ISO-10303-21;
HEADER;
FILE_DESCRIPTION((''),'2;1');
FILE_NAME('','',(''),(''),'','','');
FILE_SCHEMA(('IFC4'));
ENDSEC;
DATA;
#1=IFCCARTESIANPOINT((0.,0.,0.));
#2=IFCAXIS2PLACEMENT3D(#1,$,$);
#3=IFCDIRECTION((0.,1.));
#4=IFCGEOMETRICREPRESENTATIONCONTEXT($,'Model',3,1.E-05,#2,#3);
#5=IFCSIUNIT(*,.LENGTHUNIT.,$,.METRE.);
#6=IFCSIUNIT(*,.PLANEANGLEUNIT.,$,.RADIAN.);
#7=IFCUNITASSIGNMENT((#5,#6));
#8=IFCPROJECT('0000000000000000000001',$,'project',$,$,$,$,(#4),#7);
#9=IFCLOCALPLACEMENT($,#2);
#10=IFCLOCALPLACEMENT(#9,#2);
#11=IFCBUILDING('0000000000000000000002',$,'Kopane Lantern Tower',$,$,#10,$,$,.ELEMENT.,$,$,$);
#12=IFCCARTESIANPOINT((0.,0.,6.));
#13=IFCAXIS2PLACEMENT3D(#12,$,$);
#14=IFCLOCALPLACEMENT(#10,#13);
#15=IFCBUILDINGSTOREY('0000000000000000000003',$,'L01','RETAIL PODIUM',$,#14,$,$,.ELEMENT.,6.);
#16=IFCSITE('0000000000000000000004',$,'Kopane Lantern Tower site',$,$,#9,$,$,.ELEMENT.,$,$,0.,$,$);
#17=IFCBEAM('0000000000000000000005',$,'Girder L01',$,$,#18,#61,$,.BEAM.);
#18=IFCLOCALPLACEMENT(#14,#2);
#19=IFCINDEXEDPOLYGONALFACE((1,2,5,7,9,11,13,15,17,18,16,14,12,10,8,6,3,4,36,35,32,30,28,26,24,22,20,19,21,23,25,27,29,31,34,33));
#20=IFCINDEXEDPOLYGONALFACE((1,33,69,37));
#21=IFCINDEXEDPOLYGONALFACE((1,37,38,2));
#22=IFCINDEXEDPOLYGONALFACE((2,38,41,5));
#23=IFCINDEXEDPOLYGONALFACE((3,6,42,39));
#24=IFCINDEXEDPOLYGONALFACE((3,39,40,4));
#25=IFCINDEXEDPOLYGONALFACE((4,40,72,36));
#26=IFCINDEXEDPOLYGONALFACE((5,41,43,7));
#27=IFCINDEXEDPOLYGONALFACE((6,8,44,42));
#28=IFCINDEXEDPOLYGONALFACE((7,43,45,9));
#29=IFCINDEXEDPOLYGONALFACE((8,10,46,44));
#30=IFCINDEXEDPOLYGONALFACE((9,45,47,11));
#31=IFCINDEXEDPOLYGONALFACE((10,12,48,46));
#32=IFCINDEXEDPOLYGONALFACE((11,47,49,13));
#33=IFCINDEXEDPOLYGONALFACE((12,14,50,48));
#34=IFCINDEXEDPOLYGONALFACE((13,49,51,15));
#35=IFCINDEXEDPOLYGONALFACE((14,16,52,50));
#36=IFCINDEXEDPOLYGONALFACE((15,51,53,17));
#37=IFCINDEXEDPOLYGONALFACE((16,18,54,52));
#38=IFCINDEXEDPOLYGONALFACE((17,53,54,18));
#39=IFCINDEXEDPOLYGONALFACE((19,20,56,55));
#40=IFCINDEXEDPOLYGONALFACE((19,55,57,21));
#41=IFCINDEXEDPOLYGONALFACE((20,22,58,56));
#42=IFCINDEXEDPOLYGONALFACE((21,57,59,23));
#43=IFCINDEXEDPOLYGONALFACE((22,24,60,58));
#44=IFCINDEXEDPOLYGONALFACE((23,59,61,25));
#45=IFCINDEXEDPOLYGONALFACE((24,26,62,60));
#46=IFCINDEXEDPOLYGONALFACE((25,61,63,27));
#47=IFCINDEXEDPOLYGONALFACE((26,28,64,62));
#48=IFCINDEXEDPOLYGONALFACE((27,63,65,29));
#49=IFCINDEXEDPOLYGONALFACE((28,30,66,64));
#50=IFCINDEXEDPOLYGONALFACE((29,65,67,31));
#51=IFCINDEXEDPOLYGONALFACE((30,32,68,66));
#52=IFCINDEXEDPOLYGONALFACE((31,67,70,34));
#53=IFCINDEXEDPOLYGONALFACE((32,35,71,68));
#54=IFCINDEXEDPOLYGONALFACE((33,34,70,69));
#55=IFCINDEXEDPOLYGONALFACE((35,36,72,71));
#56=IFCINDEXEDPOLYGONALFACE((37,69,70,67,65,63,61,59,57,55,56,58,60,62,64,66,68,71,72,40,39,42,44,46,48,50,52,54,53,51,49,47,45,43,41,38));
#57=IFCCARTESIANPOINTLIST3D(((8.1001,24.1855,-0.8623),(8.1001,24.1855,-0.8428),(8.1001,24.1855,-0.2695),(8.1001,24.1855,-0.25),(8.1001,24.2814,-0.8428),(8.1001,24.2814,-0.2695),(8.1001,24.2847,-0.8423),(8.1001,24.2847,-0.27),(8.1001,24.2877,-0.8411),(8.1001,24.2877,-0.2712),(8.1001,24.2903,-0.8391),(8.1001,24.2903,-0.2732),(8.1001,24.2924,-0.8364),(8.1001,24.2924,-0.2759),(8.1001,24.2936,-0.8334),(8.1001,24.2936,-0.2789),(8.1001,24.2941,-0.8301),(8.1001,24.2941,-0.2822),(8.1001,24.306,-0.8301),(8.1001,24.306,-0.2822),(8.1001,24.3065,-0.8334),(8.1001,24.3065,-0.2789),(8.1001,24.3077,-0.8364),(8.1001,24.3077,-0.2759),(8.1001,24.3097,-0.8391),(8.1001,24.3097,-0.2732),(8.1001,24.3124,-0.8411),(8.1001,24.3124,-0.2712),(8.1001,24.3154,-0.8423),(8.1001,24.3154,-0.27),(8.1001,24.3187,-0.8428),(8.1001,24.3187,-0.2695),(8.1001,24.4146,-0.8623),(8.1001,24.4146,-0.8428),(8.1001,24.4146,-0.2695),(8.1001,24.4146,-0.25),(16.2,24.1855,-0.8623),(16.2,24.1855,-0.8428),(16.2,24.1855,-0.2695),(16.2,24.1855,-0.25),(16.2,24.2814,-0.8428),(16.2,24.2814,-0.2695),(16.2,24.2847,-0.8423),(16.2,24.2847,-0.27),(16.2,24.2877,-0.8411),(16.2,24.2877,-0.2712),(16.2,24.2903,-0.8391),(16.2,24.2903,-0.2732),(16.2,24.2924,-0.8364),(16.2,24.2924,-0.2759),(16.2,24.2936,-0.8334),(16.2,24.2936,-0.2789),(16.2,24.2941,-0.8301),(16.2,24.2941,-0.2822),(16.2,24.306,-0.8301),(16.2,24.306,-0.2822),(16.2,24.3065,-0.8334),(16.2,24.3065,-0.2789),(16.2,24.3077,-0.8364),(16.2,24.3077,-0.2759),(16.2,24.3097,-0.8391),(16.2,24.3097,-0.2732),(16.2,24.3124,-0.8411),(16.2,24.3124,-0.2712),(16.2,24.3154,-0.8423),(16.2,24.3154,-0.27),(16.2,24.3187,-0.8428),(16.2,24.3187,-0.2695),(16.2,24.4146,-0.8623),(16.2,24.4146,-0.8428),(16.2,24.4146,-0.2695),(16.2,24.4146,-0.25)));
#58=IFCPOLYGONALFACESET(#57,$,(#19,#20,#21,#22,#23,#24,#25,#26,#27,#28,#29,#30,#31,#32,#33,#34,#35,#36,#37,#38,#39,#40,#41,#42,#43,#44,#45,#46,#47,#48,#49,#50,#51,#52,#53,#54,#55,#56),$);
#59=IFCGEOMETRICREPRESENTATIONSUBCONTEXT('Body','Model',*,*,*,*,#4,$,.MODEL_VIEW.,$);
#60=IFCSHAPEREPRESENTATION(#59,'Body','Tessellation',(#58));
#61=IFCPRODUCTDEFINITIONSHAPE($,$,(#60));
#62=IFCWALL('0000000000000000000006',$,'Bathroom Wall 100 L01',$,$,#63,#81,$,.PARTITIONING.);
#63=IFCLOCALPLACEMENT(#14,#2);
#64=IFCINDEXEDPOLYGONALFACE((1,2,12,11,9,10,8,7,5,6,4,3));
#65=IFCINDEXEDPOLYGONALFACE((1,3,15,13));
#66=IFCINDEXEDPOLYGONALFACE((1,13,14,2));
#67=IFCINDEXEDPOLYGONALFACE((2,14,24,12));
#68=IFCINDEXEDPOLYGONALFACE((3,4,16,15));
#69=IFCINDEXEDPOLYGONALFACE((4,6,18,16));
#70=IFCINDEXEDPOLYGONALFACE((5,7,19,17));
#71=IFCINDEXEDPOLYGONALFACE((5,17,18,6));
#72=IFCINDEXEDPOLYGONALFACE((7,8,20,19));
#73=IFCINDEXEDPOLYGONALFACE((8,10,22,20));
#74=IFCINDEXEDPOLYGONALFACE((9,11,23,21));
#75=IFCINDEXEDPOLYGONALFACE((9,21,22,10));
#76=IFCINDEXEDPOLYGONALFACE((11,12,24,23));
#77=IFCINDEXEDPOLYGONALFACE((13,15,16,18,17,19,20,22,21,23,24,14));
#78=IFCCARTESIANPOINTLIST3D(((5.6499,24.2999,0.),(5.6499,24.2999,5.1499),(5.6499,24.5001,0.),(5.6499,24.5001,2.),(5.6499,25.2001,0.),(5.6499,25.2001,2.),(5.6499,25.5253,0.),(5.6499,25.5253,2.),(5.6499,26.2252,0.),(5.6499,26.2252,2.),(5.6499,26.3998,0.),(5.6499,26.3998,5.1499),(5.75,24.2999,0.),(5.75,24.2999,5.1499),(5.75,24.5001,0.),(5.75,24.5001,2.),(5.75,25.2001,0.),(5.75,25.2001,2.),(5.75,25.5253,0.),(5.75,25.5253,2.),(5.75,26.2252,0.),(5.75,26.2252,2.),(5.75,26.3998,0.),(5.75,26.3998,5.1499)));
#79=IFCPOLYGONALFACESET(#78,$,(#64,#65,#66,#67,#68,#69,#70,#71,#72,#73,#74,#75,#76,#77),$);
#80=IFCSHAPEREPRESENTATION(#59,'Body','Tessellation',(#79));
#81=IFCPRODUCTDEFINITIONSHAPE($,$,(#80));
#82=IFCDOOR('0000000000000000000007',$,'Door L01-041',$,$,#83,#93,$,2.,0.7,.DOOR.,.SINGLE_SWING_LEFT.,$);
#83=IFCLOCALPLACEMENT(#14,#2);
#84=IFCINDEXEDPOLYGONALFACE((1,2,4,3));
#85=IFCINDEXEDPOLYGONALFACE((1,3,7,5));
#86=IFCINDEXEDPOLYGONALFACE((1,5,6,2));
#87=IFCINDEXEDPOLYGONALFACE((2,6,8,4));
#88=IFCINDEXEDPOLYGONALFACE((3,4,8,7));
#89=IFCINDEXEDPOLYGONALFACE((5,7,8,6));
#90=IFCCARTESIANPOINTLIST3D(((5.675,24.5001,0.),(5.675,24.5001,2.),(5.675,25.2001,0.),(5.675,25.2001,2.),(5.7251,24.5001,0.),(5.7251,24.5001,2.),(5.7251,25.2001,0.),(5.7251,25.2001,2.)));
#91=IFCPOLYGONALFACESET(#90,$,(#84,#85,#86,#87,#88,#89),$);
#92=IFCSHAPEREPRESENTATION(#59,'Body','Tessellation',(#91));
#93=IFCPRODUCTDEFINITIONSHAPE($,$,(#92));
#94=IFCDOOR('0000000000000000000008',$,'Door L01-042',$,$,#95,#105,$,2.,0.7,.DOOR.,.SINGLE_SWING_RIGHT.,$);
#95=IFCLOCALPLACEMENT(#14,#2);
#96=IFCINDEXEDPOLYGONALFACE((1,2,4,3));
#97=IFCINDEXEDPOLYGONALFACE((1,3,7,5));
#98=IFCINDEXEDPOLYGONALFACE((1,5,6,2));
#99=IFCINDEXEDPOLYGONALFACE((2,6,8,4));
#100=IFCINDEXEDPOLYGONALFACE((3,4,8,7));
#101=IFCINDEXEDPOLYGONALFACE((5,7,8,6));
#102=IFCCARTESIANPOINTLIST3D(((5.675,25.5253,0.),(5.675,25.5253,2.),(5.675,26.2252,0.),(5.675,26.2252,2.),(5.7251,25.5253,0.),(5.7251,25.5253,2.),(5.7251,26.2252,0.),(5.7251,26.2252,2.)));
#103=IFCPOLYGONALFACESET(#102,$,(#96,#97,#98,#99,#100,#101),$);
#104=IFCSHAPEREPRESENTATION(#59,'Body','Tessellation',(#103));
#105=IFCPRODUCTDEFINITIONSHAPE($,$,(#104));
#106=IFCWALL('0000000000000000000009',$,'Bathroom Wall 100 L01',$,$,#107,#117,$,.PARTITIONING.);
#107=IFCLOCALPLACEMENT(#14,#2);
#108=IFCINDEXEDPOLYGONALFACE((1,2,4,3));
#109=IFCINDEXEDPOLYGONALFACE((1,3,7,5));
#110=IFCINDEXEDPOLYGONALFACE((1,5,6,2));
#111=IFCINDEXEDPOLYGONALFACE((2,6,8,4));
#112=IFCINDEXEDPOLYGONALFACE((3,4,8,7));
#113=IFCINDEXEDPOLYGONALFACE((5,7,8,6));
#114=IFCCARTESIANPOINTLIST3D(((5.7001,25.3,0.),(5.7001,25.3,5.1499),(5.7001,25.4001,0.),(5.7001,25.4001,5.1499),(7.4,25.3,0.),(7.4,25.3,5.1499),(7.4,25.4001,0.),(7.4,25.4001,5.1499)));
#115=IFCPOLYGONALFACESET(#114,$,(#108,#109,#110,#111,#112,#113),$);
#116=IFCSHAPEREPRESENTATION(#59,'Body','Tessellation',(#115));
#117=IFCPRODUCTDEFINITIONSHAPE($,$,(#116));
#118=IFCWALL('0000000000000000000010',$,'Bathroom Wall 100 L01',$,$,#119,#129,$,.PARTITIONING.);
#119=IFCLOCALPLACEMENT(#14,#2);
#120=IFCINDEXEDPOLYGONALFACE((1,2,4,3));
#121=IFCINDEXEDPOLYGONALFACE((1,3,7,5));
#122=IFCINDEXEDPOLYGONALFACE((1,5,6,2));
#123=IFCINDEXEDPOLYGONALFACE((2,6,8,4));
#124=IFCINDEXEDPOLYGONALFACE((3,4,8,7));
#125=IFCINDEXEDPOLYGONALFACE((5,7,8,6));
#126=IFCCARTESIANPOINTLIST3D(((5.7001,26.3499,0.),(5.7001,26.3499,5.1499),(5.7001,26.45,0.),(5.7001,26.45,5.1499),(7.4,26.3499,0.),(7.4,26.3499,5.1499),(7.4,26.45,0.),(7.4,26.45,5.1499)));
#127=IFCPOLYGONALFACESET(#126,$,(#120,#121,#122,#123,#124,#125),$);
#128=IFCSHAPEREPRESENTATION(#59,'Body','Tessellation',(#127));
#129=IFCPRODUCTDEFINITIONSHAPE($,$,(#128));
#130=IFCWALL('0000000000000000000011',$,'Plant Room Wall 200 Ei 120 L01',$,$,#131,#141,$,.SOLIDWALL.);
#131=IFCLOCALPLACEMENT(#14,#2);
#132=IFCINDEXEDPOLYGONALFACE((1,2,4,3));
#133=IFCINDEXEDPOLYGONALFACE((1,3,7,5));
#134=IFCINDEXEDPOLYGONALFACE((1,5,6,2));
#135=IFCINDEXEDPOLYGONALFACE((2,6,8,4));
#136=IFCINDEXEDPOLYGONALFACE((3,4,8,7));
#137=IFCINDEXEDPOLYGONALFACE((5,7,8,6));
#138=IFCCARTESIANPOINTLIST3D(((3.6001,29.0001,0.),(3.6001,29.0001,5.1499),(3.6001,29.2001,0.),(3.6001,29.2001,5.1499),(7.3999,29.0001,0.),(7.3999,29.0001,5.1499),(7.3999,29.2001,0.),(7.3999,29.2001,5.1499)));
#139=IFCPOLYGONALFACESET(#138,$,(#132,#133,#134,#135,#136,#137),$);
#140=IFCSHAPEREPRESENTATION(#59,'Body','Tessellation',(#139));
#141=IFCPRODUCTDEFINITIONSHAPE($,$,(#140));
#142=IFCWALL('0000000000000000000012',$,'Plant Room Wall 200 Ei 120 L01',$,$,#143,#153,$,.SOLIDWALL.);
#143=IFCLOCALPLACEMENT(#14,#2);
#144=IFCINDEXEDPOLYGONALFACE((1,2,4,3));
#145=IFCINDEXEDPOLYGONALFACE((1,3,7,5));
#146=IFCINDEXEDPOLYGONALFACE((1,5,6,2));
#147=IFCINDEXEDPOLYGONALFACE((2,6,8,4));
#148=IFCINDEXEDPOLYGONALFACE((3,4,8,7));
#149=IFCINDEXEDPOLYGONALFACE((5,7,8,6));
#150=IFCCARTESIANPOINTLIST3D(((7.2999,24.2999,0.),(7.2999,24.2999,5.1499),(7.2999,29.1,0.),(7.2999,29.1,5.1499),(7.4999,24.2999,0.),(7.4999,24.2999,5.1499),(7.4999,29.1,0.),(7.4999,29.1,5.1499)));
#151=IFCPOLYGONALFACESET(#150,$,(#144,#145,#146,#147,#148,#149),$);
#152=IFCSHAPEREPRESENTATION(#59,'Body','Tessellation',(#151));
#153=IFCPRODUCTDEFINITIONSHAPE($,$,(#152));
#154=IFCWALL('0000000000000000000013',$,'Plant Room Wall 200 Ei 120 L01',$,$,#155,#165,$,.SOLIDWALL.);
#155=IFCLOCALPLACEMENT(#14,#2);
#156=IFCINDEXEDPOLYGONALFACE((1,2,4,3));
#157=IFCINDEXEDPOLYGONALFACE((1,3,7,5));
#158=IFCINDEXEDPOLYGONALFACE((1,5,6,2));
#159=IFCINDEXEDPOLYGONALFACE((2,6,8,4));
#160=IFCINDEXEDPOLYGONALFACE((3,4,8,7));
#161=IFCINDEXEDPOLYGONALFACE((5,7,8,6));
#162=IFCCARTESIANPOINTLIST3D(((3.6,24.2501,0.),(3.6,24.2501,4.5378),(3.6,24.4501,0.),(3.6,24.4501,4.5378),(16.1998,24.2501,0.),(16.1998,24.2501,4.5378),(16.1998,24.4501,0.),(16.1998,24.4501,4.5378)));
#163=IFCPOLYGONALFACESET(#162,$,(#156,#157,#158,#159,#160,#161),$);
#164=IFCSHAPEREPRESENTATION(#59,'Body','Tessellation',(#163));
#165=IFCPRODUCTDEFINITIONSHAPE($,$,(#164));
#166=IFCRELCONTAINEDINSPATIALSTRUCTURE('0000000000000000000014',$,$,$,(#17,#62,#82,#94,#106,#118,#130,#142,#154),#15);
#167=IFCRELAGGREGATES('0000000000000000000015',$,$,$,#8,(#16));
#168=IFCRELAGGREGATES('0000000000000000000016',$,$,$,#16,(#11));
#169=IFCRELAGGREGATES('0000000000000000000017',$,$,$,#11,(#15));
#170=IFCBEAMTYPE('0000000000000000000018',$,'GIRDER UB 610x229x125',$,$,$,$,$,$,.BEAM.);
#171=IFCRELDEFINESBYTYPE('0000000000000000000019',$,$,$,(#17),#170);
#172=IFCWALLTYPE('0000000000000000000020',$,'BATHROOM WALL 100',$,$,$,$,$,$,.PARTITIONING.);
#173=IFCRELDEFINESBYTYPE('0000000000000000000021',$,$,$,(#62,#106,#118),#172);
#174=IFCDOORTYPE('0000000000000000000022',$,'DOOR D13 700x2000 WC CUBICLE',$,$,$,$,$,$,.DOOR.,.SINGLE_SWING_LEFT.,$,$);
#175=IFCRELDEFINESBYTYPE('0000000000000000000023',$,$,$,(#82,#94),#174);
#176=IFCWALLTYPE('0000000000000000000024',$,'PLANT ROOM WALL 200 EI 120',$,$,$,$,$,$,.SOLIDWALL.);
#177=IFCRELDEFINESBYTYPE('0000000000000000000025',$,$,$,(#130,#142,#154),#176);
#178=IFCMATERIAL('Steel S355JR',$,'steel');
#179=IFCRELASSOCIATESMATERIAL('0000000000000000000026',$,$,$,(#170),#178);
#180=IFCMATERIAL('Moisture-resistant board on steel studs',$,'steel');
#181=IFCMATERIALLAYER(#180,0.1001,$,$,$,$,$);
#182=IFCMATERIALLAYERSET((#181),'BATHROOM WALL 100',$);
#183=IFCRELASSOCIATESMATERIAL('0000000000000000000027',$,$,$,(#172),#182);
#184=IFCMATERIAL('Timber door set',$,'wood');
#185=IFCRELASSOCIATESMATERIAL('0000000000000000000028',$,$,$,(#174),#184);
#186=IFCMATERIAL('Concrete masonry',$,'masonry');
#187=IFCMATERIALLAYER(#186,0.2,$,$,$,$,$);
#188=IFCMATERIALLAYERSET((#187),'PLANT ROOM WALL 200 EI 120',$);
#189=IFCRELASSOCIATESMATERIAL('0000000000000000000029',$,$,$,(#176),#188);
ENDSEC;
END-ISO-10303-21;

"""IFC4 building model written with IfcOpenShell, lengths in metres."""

from ifc_helpers import new_model, si_unit, direction, frame, frame_2d, origin, origin_2d, place, context, subcontext, project, spatial, rectangle, i_section, extrude, material, layer, layer_set, material_profile, profile_set, type_object, element, fill, save


model = new_model("IFC4")

# Units and contexts
model_context = context("Model", 3, precision=1e-05, world=origin(), true_north=direction((0.0, 1.0)))
body_context = subcontext(model_context, "Body", "Model", "MODEL_VIEW")
ifc_project = project(units=[si_unit("LENGTHUNIT", "METRE"), si_unit("PLANEANGLEUNIT", "RADIAN")], contexts=[model_context])

# Site, building, storey
site_placement = place(None, origin())
site = spatial("IfcSite", under=ifc_project, at=site_placement, Name="Kopane Lantern Tower site", CompositionType="ELEMENT", RefElevation=0.0)
building_placement = place(site_placement, origin())
building = spatial("IfcBuilding", under=site, at=building_placement, Name="Kopane Lantern Tower", CompositionType="ELEMENT")
storey_placement = place(building_placement, frame((0.0, 0.0, 6.0)))
storey = spatial("IfcBuildingStorey", under=building, at=storey_placement, Name="L01", Description="RETAIL PODIUM", CompositionType="ELEMENT", Elevation=6.0)

# Beam
ifc_material_1 = material(Name="Steel S355JR", Category="steel")
ifc_material_profile_1 = material_profile(ifc_material_1, i_section(OverallWidth=0.229, OverallDepth=0.6123, WebThickness=0.012, FlangeThickness=0.0195, FilletRadius=0.0127, at=origin_2d()), Name="UB 610x229x125")
ifc_profile_set_1 = profile_set([ifc_material_profile_1], Name="Steel S355JR")
beam_type = type_object("IfcBeamType", Name="GIRDER UB 610x229x125", PredefinedType="BEAM", material=ifc_profile_set_1)
for number, where, z_axis, x_axis, name in (
    (1, (8.1001, 24.3, -0.5562), (1.0, 0.0, 0.0), (0.0, 1.0, 0.0), "Girder L01"),
):
    element("IfcBeam", number, at=place(storey_placement, frame(where, z_axis=z_axis, x_axis=x_axis)), inside=storey, type_object=beam_type, Name=name, PredefinedType="BEAM", context=body_context, shape_type="SweptSolid", body=[
        extrude(i_section(OverallWidth=0.229, OverallDepth=0.6123, WebThickness=0.012, FlangeThickness=0.0195, FilletRadius=0.0127, at=origin_2d()), origin(), (0.0, 0.0, 1.0), 8.0999),
    ])

# Wall, openings, doors
ifc_material_2 = material(Name="Moisture-resistant board on steel studs", Category="steel")
ifc_layer_1 = layer(ifc_material_2, 0.1001)
ifc_layer_set_1 = layer_set([ifc_layer_1], Name="BATHROOM WALL 100")
wall_type_1 = type_object("IfcWallType", Name="BATHROOM WALL 100", PredefinedType="PARTITIONING", material=ifc_layer_set_1)
wall_1_placement = place(storey_placement, frame((5.7, 24.3, 0.0), z_axis=(0.0, 0.0, 1.0), x_axis=(0.0, 1.0, 0.0)))
wall_1 = element("IfcWall", 2, at=wall_1_placement, inside=storey, type_object=wall_type_1, Name="Bathroom Wall 100 L01", PredefinedType="PARTITIONING", context=body_context, shape_type="SweptSolid", body=[
    extrude(rectangle(XDim=2.0999, YDim=0.1001, at=frame_2d((1.0498, 0.0))), origin(), (0.0, 0.0, 1.0), 5.1499),
])
opening_1_placement = place(wall_1_placement, frame((0.2, 0.0, 0.0)))
opening_1 = element("IfcOpeningElement", 3, at=opening_1_placement, cuts=wall_1, PredefinedType="OPENING", context=body_context, shape_type="SweptSolid", body=[
    extrude(rectangle(XDim=0.7, YDim=2.0, at=frame_2d((0.3501, 1.0))), frame((0.0, 0.0601, 0.0), z_axis=(0.0, -1.0, 0.0), x_axis=(1.0, 0.0, 0.0)), (0.0, 0.0, 1.0), 0.1201),
])
opening_2_placement = place(wall_1_placement, frame((1.2251, 0.0, 0.0)))
opening_2 = element("IfcOpeningElement", 4, at=opening_2_placement, cuts=wall_1, PredefinedType="OPENING", context=body_context, shape_type="SweptSolid", body=[
    extrude(rectangle(XDim=0.7, YDim=2.0, at=frame_2d((0.3501, 1.0))), frame((0.0, 0.0601, 0.0), z_axis=(0.0, -1.0, 0.0), x_axis=(1.0, 0.0, 0.0)), (0.0, 0.0, 1.0), 0.1201),
])
ifc_material_3 = material(Name="Timber door set", Category="wood")
door_type_1 = type_object("IfcDoorType", Name="DOOR D13 700x2000 WC CUBICLE", OperationType="SINGLE_SWING_LEFT", PredefinedType="DOOR", material=ifc_material_3)
door_1_placement = place(opening_1_placement, origin())
door_1 = element("IfcDoor", 5, at=door_1_placement, inside=storey, type_object=door_type_1, Name="Door L01-041", OperationType="SINGLE_SWING_LEFT", OverallHeight=2.0, OverallWidth=0.7, PredefinedType="DOOR", context=body_context, shape_type="SweptSolid", body=[
    extrude(rectangle(XDim=0.7, YDim=2.0, at=frame_2d((0.3501, 1.0))), frame((0.0, 0.0249, 0.0), z_axis=(0.0, -1.0, 0.0), x_axis=(1.0, 0.0, 0.0)), (0.0, 0.0, 1.0), 0.05),
])
fill(opening_1, door_1)
door_2_placement = place(opening_2_placement, origin())
door_2 = element("IfcDoor", 6, at=door_2_placement, inside=storey, type_object=door_type_1, Name="Door L01-042", OperationType="SINGLE_SWING_RIGHT", OverallHeight=2.0, OverallWidth=0.7, PredefinedType="DOOR", context=body_context, shape_type="SweptSolid", body=[
    extrude(rectangle(XDim=0.7, YDim=2.0, at=frame_2d((0.3501, 1.0))), frame((0.0, 0.0249, 0.0), z_axis=(0.0, -1.0, 0.0), x_axis=(1.0, 0.0, 0.0)), (0.0, 0.0, 1.0), 0.05),
])
fill(opening_2, door_2)

# Walls
for number, where, z_axis, x_axis, name in (
    (7, (5.7, 25.3501, 0.0), (0.0, 0.0, 1.0), (1.0, 0.0, 0.0), "Bathroom Wall 100 L01"),
    (8, (5.7, 26.3999, 0.0), (0.0, 0.0, 1.0), (1.0, 0.0, 0.0), "Bathroom Wall 100 L01"),
):
    element("IfcWall", number, at=place(storey_placement, frame(where, z_axis=z_axis, x_axis=x_axis)), inside=storey, type_object=wall_type_1, Name=name, PredefinedType="PARTITIONING", context=body_context, shape_type="SweptSolid", body=[
        extrude(rectangle(XDim=1.7, YDim=0.1001, at=frame_2d((0.8501, 0.0))), origin(), (0.0, 0.0, 1.0), 5.1499),
    ])
ifc_material_4 = material(Name="Concrete masonry", Category="masonry")
ifc_layer_2 = layer(ifc_material_4, 0.2)
ifc_layer_set_2 = layer_set([ifc_layer_2], Name="PLANT ROOM WALL 200 EI 120")
wall_type_2 = type_object("IfcWallType", Name="PLANT ROOM WALL 200 EI 120", PredefinedType="SOLIDWALL", material=ifc_layer_set_2)
wall_2_placement = place(storey_placement, frame((3.6001, 29.1001, 0.0), z_axis=(0.0, 0.0, 1.0), x_axis=(1.0, 0.0, 0.0)))
element("IfcWall", 9, at=wall_2_placement, inside=storey, type_object=wall_type_2, Name="Plant Room Wall 200 Ei 120 L01", PredefinedType="SOLIDWALL", context=body_context, shape_type="SweptSolid", body=[
    extrude(rectangle(XDim=3.7998, YDim=0.2, at=frame_2d((1.8999, 0.0))), origin(), (0.0, 0.0, 1.0), 5.1499),
])
wall_3_placement = place(storey_placement, frame((7.3999, 24.3, 0.0), z_axis=(0.0, 0.0, 1.0), x_axis=(0.0, 1.0, 0.0)))
element("IfcWall", 10, at=wall_3_placement, inside=storey, type_object=wall_type_2, Name="Plant Room Wall 200 Ei 120 L01", PredefinedType="SOLIDWALL", context=body_context, shape_type="SweptSolid", body=[
    extrude(rectangle(XDim=4.8, YDim=0.2, at=frame_2d((2.3999, 0.0))), origin(), (0.0, 0.0, 1.0), 5.1499),
])
wall_4_placement = place(storey_placement, frame((3.6001, 24.3501, 0.0), z_axis=(0.0, 0.0, 1.0), x_axis=(1.0, 0.0, 0.0)))
element("IfcWall", 11, at=wall_4_placement, inside=storey, type_object=wall_type_2, Name="Plant Room Wall 200 Ei 120 L01", PredefinedType="SOLIDWALL", context=body_context, shape_type="SweptSolid", body=[
    extrude(rectangle(XDim=12.5999, YDim=0.2, at=frame_2d((6.2998, 0.0))), origin(), (0.0, 0.0, 1.0), 4.5378),
])

save(model, "model.ifc")
